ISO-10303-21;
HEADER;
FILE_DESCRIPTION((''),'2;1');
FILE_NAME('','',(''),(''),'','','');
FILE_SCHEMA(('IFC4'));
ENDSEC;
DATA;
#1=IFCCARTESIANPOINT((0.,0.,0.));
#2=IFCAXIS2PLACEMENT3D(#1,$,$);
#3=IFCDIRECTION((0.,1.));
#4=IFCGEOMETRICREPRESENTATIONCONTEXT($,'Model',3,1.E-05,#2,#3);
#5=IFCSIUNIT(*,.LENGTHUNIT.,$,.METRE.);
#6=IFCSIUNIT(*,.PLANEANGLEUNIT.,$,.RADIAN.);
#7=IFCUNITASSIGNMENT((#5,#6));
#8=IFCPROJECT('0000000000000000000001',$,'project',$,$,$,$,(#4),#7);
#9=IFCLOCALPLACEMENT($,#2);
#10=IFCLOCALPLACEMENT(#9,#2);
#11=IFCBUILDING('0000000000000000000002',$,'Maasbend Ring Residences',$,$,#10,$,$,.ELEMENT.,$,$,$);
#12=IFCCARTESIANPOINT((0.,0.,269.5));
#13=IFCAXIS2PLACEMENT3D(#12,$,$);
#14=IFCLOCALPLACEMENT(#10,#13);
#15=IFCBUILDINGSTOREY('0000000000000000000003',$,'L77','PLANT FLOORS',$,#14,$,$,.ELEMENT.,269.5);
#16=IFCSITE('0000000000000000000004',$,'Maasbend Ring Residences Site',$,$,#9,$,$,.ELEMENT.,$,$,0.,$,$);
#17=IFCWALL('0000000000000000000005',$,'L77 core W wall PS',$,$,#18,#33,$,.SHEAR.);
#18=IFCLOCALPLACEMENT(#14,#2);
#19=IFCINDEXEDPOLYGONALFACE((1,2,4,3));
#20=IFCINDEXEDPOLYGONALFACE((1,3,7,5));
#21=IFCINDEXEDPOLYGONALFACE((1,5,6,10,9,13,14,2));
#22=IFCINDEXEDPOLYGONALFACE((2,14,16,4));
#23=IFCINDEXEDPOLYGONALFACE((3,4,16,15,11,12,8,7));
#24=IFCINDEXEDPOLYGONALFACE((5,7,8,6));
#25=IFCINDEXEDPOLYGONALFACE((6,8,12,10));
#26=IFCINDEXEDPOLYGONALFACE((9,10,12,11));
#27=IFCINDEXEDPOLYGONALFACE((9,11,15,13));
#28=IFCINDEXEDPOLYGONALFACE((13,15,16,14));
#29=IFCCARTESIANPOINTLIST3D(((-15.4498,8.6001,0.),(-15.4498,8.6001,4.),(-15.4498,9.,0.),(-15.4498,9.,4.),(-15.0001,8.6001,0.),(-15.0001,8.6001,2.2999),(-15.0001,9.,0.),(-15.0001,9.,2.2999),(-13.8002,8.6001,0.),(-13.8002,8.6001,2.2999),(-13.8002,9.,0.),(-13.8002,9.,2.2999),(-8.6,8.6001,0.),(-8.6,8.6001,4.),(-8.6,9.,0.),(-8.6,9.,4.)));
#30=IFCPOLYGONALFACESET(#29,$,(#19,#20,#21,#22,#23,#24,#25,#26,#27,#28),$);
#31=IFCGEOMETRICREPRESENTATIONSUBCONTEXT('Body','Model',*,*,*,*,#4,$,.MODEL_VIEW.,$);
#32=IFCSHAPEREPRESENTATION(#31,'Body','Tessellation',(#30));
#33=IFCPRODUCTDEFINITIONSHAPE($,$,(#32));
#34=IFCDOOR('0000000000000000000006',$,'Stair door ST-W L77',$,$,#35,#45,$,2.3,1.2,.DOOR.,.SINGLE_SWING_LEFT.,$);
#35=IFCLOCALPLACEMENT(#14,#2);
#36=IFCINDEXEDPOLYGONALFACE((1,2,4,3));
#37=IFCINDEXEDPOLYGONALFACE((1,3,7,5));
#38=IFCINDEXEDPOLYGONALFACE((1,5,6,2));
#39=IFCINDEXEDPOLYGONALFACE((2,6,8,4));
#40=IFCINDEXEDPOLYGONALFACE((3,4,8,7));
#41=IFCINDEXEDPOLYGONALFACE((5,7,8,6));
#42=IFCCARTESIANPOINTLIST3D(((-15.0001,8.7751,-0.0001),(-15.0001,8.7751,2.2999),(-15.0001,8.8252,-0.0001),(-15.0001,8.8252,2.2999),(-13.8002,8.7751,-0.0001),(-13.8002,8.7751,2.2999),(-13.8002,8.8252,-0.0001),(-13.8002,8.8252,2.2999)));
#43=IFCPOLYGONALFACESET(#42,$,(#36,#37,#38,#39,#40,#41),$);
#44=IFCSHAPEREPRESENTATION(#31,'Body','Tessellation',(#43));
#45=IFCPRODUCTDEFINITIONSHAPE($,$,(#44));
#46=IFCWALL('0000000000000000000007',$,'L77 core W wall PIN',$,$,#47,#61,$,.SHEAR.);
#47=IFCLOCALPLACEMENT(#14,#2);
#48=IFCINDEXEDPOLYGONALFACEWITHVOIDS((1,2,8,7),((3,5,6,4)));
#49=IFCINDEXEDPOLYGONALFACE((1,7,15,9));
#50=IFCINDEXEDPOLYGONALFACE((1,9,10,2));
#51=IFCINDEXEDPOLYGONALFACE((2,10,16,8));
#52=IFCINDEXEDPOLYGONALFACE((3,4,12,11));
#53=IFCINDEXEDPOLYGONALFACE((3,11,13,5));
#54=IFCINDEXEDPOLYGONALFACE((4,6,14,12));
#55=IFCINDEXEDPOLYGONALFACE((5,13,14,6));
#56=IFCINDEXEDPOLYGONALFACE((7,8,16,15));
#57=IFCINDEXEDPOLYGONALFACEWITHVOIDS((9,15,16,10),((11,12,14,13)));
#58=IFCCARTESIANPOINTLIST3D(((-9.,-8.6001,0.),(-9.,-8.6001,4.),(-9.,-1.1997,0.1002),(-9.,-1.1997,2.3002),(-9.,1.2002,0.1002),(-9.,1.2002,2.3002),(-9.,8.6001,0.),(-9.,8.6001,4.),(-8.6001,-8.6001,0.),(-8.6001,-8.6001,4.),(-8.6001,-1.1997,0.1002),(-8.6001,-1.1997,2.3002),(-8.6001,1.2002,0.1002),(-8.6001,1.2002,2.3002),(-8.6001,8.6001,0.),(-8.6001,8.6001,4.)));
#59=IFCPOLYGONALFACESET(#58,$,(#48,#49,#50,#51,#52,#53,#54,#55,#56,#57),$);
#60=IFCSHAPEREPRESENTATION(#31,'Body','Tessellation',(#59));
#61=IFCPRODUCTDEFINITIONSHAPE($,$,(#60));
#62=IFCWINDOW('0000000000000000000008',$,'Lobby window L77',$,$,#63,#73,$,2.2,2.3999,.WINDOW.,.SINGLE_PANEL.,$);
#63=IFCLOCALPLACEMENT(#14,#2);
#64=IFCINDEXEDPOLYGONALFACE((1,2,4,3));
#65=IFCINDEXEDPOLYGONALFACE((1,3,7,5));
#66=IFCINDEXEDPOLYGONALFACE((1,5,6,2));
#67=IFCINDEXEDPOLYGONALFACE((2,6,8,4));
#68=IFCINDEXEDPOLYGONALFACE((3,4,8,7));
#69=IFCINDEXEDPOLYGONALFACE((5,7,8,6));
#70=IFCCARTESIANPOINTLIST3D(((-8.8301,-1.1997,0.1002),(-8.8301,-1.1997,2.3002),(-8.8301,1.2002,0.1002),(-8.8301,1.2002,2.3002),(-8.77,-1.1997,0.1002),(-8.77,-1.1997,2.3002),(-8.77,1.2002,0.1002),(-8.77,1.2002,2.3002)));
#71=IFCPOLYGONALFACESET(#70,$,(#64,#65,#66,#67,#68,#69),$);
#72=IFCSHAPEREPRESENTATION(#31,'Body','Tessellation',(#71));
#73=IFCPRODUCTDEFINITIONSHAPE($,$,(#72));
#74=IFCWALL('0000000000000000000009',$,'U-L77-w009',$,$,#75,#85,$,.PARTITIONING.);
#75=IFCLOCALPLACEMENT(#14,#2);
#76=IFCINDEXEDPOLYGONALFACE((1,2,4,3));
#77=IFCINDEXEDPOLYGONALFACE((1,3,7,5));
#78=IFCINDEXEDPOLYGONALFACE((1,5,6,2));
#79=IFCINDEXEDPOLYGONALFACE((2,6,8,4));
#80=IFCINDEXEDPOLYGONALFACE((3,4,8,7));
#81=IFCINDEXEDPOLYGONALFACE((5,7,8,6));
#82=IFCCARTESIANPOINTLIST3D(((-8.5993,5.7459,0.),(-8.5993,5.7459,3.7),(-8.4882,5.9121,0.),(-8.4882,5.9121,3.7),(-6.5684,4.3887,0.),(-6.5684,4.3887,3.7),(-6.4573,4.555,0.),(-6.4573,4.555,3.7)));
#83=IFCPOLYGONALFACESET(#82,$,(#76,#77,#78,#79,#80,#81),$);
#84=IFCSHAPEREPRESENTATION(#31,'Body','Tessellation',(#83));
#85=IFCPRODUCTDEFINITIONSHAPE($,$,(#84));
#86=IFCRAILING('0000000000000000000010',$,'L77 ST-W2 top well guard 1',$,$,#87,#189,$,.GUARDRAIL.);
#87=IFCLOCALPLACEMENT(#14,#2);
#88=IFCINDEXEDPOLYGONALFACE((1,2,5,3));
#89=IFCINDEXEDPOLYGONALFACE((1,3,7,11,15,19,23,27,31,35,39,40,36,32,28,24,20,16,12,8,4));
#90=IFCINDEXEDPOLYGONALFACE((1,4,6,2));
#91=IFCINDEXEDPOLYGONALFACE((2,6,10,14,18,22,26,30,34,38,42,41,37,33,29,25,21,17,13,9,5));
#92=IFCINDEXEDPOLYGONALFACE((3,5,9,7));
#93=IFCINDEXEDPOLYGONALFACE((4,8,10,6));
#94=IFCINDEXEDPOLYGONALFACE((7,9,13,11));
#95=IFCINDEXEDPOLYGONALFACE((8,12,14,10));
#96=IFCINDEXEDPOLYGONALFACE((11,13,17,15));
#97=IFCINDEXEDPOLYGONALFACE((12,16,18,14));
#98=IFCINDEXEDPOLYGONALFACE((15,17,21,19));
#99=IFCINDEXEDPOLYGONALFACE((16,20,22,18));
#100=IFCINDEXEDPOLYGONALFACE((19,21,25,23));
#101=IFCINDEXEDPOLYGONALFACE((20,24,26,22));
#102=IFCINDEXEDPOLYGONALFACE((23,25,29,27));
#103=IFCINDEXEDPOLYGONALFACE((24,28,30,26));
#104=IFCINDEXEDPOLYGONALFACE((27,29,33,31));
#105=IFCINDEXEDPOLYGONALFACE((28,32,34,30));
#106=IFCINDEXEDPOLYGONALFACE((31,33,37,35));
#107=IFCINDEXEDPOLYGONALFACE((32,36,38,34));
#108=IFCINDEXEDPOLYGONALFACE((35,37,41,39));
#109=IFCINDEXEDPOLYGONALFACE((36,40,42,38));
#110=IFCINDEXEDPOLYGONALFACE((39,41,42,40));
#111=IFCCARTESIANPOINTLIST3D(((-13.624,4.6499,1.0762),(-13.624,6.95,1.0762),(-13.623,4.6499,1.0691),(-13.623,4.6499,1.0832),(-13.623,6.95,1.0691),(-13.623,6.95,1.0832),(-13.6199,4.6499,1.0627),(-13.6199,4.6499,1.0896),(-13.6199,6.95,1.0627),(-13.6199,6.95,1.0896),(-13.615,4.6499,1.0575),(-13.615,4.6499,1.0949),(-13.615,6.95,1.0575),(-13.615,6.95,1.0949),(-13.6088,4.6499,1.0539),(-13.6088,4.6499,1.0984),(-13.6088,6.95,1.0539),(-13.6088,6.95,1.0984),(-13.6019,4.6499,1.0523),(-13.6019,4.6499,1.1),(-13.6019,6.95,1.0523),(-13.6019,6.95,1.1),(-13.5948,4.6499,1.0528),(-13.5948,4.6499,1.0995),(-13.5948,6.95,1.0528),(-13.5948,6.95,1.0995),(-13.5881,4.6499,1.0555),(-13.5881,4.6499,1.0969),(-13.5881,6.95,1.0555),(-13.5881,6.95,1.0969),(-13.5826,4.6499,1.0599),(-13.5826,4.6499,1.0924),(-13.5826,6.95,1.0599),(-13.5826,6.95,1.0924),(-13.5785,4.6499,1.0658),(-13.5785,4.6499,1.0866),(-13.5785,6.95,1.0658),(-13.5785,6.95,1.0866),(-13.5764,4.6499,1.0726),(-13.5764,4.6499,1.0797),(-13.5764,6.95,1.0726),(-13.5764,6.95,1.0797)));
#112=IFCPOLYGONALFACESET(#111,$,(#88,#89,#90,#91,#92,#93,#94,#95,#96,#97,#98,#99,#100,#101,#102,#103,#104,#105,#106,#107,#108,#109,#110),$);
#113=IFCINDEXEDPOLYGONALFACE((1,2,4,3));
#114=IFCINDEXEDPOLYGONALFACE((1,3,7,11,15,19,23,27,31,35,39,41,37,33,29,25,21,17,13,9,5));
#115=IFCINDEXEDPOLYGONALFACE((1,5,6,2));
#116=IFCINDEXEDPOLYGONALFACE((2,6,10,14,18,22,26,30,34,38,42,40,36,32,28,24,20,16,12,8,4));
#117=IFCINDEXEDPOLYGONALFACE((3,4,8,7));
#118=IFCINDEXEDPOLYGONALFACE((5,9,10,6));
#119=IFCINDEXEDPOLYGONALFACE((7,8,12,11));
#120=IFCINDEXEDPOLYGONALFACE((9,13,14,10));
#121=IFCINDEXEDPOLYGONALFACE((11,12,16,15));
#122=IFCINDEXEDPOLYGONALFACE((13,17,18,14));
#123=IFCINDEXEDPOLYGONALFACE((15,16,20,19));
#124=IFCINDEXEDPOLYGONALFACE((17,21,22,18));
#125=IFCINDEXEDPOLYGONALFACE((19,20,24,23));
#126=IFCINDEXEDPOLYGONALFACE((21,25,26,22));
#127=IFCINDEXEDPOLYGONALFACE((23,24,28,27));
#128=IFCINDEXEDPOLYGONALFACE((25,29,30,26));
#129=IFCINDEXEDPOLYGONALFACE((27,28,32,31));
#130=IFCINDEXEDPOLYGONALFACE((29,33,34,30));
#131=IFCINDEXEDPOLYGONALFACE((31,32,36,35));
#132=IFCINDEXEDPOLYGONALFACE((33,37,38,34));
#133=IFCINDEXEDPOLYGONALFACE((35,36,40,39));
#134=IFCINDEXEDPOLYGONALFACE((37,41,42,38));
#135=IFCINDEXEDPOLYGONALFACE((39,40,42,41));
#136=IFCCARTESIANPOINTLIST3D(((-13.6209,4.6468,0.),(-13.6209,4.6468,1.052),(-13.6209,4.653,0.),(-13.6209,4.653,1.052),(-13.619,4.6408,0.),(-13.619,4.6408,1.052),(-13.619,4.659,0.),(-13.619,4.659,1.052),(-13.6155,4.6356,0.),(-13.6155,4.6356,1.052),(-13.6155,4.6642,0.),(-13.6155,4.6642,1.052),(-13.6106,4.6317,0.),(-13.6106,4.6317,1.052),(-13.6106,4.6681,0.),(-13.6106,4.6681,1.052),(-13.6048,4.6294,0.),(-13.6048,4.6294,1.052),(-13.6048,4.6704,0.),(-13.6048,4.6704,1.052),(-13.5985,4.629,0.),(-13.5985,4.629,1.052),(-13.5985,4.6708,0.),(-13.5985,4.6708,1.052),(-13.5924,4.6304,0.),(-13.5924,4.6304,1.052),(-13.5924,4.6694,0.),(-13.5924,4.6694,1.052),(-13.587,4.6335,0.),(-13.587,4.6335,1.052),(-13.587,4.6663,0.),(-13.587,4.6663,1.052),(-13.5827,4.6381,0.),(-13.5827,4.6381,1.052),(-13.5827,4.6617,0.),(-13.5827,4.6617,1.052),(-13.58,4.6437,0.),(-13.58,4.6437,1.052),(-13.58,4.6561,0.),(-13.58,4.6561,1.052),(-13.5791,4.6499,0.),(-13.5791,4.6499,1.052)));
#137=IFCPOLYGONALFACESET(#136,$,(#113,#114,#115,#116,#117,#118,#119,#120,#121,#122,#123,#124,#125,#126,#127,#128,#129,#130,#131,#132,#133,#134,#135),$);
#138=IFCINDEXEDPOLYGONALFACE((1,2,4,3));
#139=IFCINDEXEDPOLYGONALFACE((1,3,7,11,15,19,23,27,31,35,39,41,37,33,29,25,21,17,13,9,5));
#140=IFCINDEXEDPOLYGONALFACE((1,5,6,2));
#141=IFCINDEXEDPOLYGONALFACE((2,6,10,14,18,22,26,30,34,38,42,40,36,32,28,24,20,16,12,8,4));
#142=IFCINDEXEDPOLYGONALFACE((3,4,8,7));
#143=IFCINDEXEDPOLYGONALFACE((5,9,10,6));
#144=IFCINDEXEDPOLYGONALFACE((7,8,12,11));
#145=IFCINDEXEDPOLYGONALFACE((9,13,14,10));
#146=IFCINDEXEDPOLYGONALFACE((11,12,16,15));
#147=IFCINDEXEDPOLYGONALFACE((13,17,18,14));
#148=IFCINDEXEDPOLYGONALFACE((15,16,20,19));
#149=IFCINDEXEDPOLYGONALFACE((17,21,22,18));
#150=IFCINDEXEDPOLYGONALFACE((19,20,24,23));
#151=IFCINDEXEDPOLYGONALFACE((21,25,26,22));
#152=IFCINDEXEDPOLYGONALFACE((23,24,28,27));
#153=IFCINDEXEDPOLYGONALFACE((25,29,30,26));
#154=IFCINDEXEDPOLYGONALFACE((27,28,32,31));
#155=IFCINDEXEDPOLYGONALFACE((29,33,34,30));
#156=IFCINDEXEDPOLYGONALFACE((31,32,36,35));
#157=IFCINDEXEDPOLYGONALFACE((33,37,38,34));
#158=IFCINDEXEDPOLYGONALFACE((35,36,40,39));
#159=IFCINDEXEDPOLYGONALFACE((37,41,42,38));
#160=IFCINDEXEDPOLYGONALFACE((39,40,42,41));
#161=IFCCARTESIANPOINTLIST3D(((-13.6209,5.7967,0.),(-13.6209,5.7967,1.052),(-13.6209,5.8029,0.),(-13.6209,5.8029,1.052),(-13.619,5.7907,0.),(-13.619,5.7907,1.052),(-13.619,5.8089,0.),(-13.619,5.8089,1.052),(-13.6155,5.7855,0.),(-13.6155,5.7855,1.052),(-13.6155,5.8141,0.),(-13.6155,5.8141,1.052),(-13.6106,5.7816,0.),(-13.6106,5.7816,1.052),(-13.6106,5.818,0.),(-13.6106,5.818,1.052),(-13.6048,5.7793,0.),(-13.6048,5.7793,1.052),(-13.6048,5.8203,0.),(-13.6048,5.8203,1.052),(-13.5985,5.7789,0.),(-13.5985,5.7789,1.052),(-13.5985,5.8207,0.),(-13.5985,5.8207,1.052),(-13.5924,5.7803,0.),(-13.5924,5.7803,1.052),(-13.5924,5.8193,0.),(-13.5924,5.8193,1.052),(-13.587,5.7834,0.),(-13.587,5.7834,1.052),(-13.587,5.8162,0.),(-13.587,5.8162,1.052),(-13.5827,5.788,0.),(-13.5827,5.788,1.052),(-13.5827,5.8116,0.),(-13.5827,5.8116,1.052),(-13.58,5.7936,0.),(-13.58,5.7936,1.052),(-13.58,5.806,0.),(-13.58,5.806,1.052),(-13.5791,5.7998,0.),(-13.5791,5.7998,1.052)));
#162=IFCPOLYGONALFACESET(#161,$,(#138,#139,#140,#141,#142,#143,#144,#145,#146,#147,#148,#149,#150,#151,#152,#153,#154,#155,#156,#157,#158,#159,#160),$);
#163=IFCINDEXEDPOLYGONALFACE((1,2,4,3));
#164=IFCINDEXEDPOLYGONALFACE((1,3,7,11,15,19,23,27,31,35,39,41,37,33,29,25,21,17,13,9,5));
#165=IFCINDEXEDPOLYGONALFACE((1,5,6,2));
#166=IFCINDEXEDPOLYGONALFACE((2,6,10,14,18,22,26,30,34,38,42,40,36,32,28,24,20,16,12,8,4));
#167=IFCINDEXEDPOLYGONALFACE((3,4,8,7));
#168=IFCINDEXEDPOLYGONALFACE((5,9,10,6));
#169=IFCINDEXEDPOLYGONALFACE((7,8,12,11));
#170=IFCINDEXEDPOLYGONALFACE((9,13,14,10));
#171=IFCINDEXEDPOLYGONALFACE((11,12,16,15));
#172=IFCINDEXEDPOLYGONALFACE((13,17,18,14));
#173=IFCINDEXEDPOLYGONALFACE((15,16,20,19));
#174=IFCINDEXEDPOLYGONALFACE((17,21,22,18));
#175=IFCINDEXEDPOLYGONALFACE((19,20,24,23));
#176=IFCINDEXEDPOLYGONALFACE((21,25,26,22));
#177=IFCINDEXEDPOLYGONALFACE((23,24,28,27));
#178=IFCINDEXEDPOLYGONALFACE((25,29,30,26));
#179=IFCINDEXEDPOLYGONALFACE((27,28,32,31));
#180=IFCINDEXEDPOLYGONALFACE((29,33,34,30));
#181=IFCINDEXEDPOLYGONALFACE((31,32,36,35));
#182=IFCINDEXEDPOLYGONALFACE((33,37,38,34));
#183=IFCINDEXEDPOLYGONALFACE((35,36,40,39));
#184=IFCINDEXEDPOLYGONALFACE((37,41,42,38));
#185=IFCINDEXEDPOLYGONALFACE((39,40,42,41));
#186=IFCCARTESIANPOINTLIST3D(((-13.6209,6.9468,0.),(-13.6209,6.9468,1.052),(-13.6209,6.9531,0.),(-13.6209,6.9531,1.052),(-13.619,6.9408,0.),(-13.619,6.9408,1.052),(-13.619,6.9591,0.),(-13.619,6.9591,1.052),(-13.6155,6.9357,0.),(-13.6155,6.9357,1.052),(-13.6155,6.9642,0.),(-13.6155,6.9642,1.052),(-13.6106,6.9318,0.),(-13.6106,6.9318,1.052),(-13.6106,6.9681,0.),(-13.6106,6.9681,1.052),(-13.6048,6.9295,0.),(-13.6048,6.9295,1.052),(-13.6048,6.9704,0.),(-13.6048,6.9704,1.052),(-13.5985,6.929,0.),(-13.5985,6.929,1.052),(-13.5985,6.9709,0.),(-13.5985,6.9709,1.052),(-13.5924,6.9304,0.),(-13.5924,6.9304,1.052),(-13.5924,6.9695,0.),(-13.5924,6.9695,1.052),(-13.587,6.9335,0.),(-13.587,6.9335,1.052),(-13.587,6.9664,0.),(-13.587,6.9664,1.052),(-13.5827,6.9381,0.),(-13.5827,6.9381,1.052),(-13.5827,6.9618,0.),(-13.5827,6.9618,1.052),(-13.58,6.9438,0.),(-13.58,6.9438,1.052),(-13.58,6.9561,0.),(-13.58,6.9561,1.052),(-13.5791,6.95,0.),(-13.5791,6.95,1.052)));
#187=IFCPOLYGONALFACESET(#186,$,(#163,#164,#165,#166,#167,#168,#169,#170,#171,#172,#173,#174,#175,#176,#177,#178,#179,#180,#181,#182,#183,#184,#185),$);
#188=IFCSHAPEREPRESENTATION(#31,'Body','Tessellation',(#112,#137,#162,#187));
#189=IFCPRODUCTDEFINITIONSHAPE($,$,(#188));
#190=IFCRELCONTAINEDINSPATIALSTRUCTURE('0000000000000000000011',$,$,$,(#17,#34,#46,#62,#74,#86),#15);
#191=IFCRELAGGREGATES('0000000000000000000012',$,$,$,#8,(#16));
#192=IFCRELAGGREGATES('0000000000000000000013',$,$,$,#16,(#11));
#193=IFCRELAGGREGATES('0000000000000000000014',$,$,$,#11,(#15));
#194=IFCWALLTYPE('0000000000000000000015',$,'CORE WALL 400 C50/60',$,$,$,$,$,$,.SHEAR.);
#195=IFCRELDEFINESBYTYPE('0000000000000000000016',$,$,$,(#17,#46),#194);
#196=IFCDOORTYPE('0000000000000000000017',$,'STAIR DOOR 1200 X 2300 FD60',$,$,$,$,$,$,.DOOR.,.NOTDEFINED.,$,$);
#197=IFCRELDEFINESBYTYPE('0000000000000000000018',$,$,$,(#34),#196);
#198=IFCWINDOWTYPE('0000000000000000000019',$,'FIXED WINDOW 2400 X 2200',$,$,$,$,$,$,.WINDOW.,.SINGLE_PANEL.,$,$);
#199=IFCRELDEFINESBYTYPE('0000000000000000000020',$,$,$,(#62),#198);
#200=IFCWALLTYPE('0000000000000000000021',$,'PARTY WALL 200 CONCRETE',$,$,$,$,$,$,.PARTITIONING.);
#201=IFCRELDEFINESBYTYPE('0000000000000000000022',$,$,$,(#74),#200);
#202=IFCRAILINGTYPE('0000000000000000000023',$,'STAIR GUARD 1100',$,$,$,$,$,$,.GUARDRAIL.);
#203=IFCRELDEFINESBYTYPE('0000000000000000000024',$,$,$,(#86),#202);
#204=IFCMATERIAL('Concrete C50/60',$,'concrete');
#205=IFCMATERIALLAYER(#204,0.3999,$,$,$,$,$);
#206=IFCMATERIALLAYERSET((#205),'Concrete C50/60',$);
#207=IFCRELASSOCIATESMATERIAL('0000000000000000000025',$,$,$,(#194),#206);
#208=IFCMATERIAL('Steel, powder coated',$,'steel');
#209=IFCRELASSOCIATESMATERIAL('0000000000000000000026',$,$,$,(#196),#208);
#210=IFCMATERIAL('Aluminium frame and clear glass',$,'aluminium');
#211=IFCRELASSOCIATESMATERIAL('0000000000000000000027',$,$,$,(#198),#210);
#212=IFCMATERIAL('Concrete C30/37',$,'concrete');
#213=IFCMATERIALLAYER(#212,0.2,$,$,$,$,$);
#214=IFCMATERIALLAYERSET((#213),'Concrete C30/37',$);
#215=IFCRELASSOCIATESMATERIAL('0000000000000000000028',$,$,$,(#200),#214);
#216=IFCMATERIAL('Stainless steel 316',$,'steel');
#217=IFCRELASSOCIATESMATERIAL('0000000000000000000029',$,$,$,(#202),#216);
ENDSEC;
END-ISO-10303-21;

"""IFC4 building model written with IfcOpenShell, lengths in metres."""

from ifc_helpers import new_model, si_unit, direction, frame, frame_2d, origin, origin_2d, place, context, subcontext, project, spatial, rectangle, circle, extrude, material, layer, layer_set, type_object, element, fill, save


model = new_model("IFC4")

# Units and contexts
model_context = context("Model", 3, precision=1e-05, world=origin(), true_north=direction((0.0, 1.0)))
body_context = subcontext(model_context, "Body", "Model", "MODEL_VIEW")
ifc_project = project(units=[si_unit("LENGTHUNIT", "METRE"), si_unit("PLANEANGLEUNIT", "RADIAN")], contexts=[model_context])

# Site, building, storey
site_placement = place(None, origin())
site = spatial("IfcSite", under=ifc_project, at=site_placement, Name="Maasbend Ring Residences Site", CompositionType="ELEMENT", RefElevation=0.0)
building_placement = place(site_placement, origin())
building = spatial("IfcBuilding", under=site, at=building_placement, Name="Maasbend Ring Residences", CompositionType="ELEMENT")
storey_placement = place(building_placement, frame((0.0, 0.0, 269.5)))
storey = spatial("IfcBuildingStorey", under=building, at=storey_placement, Name="L77", Description="PLANT FLOORS", CompositionType="ELEMENT", Elevation=269.5)

# Wall, opening, door
ifc_material_1 = material(Name="Concrete C50/60", Category="concrete")
ifc_layer_1 = layer(ifc_material_1, 0.3999)
ifc_layer_set_1 = layer_set([ifc_layer_1], Name="Concrete C50/60")
wall_type_1 = type_object("IfcWallType", Name="CORE WALL 400 C50/60", PredefinedType="SHEAR", material=ifc_layer_set_1)
wall_1_placement = place(storey_placement, frame((-8.6001, 8.8, 0.0), z_axis=(0.0, 0.0, 1.0), x_axis=(-1.0, 0.0, 0.0)))
wall_1 = element("IfcWall", 1, at=wall_1_placement, inside=storey, type_object=wall_type_1, Name="L77 core W wall PS", PredefinedType="SHEAR", context=body_context, shape_type="SweptSolid", body=[
    extrude(rectangle(XDim=6.8499, YDim=0.3999, at=frame_2d((3.4248, 0.0))), origin(), (0.0, 0.0, 1.0), 4.0),
])
opening_1_placement = place(wall_1_placement, frame((5.2, 0.0, 0.0)))
opening_1 = element("IfcOpeningElement", 2, at=opening_1_placement, cuts=wall_1, PredefinedType="OPENING", context=body_context, shape_type="SweptSolid", body=[
    extrude(rectangle(XDim=1.2, YDim=2.3, at=frame_2d((0.6001, 1.1499))), frame((0.0, 0.21, 0.0), z_axis=(0.0, -1.0, 0.0), x_axis=(1.0, 0.0, 0.0)), (0.0, 0.0, 1.0), 0.4199),
])
ifc_material_2 = material(Name="Steel, powder coated", Category="steel")
door_type = type_object("IfcDoorType", Name="STAIR DOOR 1200 X 2300 FD60", OperationType="NOTDEFINED", PredefinedType="DOOR", material=ifc_material_2)
door_placement = place(opening_1_placement, origin())
door = element("IfcDoor", 3, at=door_placement, inside=storey, type_object=door_type, Name="Stair door ST-W L77", OperationType="SINGLE_SWING_LEFT", OverallHeight=2.3, OverallWidth=1.2, PredefinedType="DOOR", context=body_context, shape_type="SweptSolid", body=[
    extrude(rectangle(XDim=1.2, YDim=2.3, at=frame_2d((0.6001, 1.1499))), frame((0.0, 0.0249, 0.0), z_axis=(0.0, -1.0, 0.0), x_axis=(1.0, 0.0, 0.0)), (0.0, 0.0, 1.0), 0.05),
])
fill(opening_1, door)

# Wall, opening, window
wall_2_placement = place(storey_placement, frame((-8.8, 8.6001, 0.0), z_axis=(0.0, 0.0, 1.0), x_axis=(0.0, -1.0, 0.0)))
wall_2 = element("IfcWall", 4, at=wall_2_placement, inside=storey, type_object=wall_type_1, Name="L77 core W wall PIN", PredefinedType="SHEAR", context=body_context, shape_type="SweptSolid", body=[
    extrude(rectangle(XDim=17.2002, YDim=0.3999, at=frame_2d((8.6001, 0.0))), origin(), (0.0, 0.0, 1.0), 4.0),
])
opening_2_placement = place(wall_2_placement, frame((7.3999, 0.0, 0.1001)))
opening_2 = element("IfcOpeningElement", 5, at=opening_2_placement, cuts=wall_2, PredefinedType="OPENING", context=body_context, shape_type="SweptSolid", body=[
    extrude(rectangle(XDim=2.3999, YDim=2.2, at=frame_2d((1.2, 1.1001))), frame((0.0, 0.21, 0.0), z_axis=(0.0, -1.0, 0.0), x_axis=(1.0, 0.0, 0.0)), (0.0, 0.0, 1.0), 0.4199),
])
ifc_material_3 = material(Name="Aluminium frame and clear glass", Category="aluminium")
window_type = type_object("IfcWindowType", Name="FIXED WINDOW 2400 X 2200", PartitioningType="SINGLE_PANEL", PredefinedType="WINDOW", material=ifc_material_3)
window_placement = place(opening_2_placement, origin())
window = element("IfcWindow", 6, at=window_placement, inside=storey, type_object=window_type, Name="Lobby window L77", OverallHeight=2.2, OverallWidth=2.3999, PartitioningType="SINGLE_PANEL", PredefinedType="WINDOW", context=body_context, shape_type="SweptSolid", body=[
    extrude(rectangle(XDim=2.3999, YDim=2.2, at=frame_2d((1.2, 1.1001))), frame((0.0, 0.03, 0.0), z_axis=(0.0, -1.0, 0.0), x_axis=(1.0, 0.0, 0.0)), (0.0, 0.0, 1.0), 0.0601),
])
fill(opening_2, window)

# Wall
ifc_material_4 = material(Name="Concrete C30/37", Category="concrete")
ifc_layer_2 = layer(ifc_material_4, 0.2)
ifc_layer_set_2 = layer_set([ifc_layer_2], Name="Concrete C30/37")
wall_type_2 = type_object("IfcWallType", Name="PARTY WALL 200 CONCRETE", PredefinedType="PARTITIONING", material=ifc_layer_set_2)
wall_3_placement = place(storey_placement, frame((-6.5129, 4.4719, 0.0), z_axis=(0.0, 0.0, 1.0), x_axis=(-0.83145, 0.555599, 0.0)))
element("IfcWall", 7, at=wall_3_placement, inside=storey, type_object=wall_type_2, Name="U-L77-w009", PredefinedType="PARTITIONING", context=body_context, shape_type="SweptSolid", body=[
    extrude(rectangle(XDim=2.4426, YDim=0.2, at=frame_2d((1.2212, 0.0))), origin(), (0.0, 0.0, 1.0), 3.7),
])

# Railing
ifc_material_5 = material(Name="Stainless steel 316", Category="steel")
railing_type = type_object("IfcRailingType", Name="STAIR GUARD 1100", PredefinedType="GUARDRAIL", material=ifc_material_5)
railing_placement = place(storey_placement, frame((-13.6001, 4.6499, 0.0)))
element("IfcRailing", 8, at=railing_placement, inside=storey, type_object=railing_type, Name="L77 ST-W2 top well guard 1", PredefinedType="GUARDRAIL", context=body_context, shape_type="SweptSolid", body=[
    extrude(circle(Radius=0.0239, at=origin_2d()), frame((0.0, 0.0, 1.0762), z_axis=(0.0, 1.0, 0.0), x_axis=(-1.0, 0.0, 0.0)), (0.0, 0.0, 1.0), 2.3),
    extrude(circle(Radius=0.021, at=origin_2d()), origin(), (0.0, 0.0, 1.0), 1.052),
    extrude(circle(Radius=0.021, at=origin_2d()), frame((0.0, 1.1499, 0.0)), (0.0, 0.0, 1.0), 1.052),
    extrude(circle(Radius=0.021, at=origin_2d()), frame((0.0, 2.3, 0.0)), (0.0, 0.0, 1.0), 1.052),
])

save(model, "model.ifc")
